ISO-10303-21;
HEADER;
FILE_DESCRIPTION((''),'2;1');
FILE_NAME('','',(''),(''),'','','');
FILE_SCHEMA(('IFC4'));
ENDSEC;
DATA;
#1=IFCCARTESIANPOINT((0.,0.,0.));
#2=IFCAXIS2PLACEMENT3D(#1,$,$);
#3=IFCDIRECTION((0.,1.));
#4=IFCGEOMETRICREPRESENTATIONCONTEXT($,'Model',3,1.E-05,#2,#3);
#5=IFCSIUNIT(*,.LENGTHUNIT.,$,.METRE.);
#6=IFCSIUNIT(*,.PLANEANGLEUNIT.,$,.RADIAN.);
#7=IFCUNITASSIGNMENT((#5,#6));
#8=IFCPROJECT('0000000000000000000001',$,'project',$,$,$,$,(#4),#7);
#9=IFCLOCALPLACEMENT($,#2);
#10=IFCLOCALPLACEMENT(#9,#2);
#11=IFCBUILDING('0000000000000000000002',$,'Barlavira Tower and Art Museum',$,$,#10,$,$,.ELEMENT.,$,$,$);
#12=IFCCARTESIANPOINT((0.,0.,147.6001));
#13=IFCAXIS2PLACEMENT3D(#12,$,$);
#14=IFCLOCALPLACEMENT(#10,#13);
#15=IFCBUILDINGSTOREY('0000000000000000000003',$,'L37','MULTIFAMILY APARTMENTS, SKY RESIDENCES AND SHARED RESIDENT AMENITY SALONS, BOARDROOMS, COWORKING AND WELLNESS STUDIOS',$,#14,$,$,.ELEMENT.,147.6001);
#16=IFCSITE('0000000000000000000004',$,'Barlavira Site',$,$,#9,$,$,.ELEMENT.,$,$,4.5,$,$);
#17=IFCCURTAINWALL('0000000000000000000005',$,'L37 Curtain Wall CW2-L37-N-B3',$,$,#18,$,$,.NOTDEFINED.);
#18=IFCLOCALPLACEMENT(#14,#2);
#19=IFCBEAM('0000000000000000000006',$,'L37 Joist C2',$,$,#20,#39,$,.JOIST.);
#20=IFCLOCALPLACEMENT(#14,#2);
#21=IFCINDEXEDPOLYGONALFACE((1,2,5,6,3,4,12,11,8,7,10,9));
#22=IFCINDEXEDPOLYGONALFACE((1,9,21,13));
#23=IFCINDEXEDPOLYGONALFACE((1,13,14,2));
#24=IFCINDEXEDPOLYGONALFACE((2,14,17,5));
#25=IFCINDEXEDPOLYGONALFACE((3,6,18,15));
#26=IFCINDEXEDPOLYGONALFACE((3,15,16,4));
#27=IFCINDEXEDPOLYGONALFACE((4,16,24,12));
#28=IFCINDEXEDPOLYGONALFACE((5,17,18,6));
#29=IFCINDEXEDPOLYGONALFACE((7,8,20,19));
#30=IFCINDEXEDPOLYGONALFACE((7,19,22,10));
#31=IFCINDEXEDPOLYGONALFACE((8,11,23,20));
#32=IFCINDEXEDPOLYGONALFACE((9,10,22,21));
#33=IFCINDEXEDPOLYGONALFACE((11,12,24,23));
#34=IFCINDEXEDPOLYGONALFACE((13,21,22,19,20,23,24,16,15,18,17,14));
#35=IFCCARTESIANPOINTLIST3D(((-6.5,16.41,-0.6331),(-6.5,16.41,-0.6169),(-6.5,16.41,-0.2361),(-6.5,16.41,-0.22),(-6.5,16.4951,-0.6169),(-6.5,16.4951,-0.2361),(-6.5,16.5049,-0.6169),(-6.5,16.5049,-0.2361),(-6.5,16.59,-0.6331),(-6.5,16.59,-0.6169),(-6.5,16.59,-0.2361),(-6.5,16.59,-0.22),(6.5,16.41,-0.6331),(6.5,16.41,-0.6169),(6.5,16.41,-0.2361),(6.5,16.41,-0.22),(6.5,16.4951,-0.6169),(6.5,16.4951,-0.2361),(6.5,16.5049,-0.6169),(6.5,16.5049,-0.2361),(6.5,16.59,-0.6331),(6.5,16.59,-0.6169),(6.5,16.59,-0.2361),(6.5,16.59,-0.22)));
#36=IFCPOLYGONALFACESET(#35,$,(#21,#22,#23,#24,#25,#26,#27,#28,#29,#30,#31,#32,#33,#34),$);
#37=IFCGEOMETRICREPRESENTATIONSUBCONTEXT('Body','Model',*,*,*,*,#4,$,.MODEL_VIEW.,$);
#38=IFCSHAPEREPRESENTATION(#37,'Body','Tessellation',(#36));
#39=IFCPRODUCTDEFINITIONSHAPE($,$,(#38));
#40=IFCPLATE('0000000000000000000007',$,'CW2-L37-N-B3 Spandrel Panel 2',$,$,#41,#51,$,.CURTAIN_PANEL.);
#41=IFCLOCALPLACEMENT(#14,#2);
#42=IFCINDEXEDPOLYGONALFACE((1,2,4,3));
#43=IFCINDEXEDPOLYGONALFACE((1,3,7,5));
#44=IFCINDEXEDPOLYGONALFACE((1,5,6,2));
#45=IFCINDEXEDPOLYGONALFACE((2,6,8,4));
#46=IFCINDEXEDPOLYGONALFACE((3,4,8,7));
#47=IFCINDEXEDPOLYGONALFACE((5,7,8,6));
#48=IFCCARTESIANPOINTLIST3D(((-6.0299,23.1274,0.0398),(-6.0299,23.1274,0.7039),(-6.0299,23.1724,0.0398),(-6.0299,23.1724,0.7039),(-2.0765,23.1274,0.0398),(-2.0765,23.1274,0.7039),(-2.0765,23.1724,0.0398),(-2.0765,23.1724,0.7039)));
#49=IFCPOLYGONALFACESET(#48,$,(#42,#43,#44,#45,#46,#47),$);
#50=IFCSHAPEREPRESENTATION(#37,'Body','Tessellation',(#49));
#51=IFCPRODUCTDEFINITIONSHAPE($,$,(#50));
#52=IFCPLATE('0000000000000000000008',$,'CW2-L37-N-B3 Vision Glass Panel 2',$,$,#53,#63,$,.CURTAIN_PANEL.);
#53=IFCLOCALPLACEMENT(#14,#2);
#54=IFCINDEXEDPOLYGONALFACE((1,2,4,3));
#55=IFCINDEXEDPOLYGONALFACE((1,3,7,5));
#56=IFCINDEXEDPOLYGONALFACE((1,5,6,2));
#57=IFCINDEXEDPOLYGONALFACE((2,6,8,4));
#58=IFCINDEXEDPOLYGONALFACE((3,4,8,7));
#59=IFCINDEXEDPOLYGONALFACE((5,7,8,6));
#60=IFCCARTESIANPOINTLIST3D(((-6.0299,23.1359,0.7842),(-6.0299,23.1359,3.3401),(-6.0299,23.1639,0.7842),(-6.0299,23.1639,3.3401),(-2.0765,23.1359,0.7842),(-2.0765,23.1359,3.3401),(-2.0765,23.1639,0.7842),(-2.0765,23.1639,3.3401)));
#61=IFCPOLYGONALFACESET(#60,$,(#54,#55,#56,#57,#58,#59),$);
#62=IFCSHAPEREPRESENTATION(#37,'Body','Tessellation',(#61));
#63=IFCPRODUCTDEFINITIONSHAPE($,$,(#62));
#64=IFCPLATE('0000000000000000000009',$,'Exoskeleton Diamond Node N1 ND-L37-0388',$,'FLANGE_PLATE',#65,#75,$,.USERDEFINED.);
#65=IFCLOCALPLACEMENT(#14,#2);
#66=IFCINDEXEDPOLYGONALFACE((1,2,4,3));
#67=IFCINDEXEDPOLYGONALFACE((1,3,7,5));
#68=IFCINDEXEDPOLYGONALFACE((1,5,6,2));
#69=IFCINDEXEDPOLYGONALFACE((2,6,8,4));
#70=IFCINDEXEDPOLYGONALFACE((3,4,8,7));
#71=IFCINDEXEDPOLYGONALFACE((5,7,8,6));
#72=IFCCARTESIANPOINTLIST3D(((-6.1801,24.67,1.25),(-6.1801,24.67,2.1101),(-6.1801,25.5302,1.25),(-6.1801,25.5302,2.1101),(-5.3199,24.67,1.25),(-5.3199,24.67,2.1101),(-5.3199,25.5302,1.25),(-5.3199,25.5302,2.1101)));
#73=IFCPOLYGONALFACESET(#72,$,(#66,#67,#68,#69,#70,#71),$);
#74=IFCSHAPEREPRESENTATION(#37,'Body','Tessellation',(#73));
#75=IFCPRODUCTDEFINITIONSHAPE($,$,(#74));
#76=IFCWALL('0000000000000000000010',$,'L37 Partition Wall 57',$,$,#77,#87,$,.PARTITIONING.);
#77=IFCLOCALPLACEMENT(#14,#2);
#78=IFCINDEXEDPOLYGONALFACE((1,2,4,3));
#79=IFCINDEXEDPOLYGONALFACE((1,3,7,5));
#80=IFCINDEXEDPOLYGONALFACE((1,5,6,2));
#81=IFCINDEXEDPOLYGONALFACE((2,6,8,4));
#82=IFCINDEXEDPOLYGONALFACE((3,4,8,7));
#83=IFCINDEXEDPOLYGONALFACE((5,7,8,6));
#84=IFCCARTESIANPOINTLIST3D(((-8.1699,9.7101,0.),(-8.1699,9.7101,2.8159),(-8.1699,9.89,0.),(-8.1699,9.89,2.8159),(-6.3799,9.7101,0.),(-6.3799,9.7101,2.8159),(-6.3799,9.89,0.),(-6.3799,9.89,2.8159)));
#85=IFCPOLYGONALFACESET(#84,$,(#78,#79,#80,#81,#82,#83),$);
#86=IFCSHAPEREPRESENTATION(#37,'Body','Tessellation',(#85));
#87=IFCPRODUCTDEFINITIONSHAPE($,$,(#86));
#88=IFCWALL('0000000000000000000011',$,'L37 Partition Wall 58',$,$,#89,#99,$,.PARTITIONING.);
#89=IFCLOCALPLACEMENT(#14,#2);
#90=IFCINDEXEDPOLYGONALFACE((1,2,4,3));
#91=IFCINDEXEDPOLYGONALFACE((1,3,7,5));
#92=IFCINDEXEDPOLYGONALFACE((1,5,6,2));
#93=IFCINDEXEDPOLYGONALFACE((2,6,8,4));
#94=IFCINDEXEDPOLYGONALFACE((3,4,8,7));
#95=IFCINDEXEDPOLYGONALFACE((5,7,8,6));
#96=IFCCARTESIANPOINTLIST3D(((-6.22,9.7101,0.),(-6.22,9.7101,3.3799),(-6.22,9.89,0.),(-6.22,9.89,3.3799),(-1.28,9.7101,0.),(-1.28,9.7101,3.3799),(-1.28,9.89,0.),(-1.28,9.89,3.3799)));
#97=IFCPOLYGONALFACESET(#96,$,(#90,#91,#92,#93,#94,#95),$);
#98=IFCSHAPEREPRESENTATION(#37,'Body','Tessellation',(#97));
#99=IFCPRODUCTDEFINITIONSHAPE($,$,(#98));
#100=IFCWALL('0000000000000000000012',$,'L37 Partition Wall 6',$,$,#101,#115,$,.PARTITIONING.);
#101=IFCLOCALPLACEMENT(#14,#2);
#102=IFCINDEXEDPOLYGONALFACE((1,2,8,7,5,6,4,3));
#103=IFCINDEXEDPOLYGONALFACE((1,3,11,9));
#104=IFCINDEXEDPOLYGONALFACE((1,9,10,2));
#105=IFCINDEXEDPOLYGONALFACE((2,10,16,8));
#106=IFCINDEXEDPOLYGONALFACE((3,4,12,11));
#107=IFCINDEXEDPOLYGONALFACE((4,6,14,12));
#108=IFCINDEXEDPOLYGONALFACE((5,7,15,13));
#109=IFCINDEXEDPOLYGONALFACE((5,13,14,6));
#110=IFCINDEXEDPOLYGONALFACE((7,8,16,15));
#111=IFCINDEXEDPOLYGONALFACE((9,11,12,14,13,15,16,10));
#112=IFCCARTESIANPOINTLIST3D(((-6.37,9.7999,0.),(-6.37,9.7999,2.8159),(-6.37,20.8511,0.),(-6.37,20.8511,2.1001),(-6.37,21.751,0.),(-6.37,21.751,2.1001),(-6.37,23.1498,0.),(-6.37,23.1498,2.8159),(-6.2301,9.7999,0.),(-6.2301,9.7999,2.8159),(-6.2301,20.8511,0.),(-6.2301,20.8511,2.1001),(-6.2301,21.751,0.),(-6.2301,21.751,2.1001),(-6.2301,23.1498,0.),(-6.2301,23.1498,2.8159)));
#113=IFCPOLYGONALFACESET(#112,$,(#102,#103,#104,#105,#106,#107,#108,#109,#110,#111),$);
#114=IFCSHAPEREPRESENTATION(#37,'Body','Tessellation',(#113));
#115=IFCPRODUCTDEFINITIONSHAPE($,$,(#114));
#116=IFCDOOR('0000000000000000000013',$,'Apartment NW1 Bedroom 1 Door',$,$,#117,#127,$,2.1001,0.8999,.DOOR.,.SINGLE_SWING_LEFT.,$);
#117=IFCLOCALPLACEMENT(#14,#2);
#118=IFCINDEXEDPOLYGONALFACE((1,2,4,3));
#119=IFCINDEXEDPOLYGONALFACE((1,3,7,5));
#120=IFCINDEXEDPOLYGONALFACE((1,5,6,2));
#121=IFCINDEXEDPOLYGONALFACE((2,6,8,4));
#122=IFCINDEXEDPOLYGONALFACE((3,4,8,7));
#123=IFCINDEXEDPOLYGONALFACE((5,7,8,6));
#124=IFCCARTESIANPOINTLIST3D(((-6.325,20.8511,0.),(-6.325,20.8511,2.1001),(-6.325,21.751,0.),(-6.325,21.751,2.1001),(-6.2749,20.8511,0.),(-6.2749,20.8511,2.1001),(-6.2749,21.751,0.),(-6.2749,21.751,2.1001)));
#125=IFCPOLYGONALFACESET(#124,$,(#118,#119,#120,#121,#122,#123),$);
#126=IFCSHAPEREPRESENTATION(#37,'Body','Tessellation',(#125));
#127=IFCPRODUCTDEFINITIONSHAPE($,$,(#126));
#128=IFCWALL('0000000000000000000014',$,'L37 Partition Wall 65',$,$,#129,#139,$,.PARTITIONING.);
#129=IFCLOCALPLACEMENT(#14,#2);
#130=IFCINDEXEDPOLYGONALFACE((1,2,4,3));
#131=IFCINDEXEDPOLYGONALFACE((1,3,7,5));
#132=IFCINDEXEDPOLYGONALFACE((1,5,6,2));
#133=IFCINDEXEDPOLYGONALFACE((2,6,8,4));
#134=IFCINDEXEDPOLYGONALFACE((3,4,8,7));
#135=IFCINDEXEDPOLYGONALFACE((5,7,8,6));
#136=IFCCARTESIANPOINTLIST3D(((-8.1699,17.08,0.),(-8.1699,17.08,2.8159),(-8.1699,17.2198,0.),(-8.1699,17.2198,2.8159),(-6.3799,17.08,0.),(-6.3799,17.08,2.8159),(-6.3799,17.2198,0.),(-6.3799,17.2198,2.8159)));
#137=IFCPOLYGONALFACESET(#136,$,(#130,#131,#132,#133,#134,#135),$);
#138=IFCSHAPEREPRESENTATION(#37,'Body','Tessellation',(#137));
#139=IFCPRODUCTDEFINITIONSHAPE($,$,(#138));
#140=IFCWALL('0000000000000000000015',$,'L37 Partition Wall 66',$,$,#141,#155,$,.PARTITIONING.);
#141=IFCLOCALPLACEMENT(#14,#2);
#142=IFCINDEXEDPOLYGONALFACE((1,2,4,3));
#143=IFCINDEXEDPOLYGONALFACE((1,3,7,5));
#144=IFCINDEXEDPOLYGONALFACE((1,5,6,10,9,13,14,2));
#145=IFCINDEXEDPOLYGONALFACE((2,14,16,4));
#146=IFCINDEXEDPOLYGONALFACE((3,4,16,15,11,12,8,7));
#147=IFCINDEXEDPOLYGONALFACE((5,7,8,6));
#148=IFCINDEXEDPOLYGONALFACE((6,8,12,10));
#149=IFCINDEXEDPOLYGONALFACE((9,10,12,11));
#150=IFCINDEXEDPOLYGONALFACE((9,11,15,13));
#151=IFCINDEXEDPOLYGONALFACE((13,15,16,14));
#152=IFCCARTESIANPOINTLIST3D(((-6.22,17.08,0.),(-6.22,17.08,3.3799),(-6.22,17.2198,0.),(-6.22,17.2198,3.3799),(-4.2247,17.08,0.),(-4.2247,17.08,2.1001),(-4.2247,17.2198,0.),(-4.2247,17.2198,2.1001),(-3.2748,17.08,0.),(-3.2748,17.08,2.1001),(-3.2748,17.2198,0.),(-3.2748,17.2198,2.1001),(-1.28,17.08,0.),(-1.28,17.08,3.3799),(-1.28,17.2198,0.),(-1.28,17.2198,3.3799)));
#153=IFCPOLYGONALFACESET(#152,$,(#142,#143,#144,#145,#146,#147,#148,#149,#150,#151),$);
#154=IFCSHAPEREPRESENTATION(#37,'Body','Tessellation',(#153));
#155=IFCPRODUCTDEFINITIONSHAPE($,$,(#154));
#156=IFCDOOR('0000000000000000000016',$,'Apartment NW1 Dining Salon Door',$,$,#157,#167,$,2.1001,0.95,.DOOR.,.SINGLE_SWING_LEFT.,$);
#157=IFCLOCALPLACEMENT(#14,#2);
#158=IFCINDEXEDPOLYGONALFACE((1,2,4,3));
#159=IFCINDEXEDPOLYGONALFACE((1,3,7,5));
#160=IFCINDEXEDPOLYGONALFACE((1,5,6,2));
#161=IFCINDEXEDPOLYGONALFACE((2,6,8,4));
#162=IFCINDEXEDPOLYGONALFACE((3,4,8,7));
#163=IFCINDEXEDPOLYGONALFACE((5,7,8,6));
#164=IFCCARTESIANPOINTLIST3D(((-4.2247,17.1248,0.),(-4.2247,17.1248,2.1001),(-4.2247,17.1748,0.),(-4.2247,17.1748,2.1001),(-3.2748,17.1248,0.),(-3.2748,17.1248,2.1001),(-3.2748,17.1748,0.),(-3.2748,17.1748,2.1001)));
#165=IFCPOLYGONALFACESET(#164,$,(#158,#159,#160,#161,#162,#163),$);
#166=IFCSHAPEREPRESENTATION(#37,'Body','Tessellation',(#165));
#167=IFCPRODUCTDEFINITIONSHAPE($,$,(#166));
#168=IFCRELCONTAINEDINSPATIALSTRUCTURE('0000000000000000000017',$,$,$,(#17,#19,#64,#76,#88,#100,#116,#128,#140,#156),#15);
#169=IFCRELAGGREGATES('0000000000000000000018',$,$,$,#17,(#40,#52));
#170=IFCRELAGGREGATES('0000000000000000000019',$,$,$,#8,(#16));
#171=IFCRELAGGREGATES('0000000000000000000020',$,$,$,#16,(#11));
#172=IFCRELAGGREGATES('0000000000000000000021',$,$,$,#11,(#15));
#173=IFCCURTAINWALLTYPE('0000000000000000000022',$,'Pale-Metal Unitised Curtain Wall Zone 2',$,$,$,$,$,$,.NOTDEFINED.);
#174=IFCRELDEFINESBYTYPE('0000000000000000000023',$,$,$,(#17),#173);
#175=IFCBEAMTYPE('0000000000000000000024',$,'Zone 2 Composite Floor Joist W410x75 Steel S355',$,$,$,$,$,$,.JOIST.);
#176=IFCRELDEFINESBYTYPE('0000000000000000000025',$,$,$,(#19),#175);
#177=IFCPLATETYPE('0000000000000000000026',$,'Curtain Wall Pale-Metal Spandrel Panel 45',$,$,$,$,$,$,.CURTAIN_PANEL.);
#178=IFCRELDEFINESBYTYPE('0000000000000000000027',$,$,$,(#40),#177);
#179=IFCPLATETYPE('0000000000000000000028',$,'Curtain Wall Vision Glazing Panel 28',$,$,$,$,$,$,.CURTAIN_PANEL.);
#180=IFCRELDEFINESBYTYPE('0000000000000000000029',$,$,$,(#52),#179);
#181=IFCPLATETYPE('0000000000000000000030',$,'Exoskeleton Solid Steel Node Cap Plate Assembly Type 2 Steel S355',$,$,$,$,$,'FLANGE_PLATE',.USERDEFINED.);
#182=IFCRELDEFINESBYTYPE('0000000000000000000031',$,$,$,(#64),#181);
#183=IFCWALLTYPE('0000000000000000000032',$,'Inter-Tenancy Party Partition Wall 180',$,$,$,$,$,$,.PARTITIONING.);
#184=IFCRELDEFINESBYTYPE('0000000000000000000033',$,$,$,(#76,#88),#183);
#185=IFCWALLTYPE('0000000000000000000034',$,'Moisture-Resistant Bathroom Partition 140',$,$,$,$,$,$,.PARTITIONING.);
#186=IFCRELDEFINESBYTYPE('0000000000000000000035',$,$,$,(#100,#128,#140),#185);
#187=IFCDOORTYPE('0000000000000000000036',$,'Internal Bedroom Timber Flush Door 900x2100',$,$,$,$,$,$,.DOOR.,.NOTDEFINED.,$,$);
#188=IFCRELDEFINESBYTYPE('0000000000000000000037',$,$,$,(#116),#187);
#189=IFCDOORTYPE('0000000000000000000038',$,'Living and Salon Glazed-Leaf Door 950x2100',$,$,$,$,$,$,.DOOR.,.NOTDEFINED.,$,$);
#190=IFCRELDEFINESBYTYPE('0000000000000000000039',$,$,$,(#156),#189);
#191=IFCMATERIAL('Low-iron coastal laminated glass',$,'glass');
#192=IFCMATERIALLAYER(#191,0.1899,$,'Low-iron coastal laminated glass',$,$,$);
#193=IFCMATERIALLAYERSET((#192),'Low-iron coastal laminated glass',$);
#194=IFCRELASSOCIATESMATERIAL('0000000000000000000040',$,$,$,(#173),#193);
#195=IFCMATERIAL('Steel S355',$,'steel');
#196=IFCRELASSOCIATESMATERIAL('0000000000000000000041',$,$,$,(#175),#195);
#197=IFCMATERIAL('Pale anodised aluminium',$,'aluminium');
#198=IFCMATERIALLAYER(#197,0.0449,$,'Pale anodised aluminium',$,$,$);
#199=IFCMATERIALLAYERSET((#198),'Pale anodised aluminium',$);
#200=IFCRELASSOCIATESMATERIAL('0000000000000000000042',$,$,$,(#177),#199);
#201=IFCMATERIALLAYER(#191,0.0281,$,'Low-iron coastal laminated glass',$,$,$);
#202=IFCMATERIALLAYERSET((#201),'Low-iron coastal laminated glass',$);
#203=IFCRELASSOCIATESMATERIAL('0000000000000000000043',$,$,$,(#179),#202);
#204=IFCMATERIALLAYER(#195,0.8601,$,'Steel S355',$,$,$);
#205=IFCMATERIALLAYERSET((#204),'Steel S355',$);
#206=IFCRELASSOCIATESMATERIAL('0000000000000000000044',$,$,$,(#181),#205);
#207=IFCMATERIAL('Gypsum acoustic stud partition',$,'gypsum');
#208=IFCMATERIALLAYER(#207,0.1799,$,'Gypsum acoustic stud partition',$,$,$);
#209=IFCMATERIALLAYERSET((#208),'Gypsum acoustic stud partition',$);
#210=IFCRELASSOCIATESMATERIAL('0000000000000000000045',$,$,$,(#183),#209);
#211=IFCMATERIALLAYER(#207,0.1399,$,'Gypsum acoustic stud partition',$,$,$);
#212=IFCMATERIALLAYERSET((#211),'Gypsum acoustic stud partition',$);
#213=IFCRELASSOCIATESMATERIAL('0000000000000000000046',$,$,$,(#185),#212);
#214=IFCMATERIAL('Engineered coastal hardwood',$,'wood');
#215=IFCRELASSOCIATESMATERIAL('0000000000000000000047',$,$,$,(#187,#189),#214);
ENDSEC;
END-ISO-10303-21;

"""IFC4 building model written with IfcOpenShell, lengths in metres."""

from ifc_helpers import new_model, si_unit, direction, frame, frame_2d, origin, origin_2d, place, context, subcontext, project, spatial, rectangle, i_section, extrude, material, layer, layer_set, material_profile, profile_set, type_object, element, fill, aggregate, save


model = new_model("IFC4")

# Units and contexts
model_context = context("Model", 3, precision=1e-05, world=origin(), true_north=direction((0.0, 1.0)))
body_context = subcontext(model_context, "Body", "Model", "MODEL_VIEW")
ifc_project = project(units=[si_unit("LENGTHUNIT", "METRE"), si_unit("PLANEANGLEUNIT", "RADIAN")], contexts=[model_context])

# Site, building, storey
site_placement = place(None, origin())
site = spatial("IfcSite", under=ifc_project, at=site_placement, Name="Barlavira Site", CompositionType="ELEMENT", RefElevation=4.5)
building_placement = place(site_placement, origin())
building = spatial("IfcBuilding", under=site, at=building_placement, Name="Barlavira Tower and Art Museum", CompositionType="ELEMENT")
storey_placement = place(building_placement, frame((0.0, 0.0, 147.6001)))
storey = spatial("IfcBuildingStorey", under=building, at=storey_placement, Name="L37", Description="MULTIFAMILY APARTMENTS, SKY RESIDENCES AND SHARED RESIDENT AMENITY SALONS, BOARDROOMS, COWORKING AND WELLNESS STUDIOS", CompositionType="ELEMENT", Elevation=147.6001)

# Curtain wall
ifc_material_1 = material(Name="Low-iron coastal laminated glass", Category="glass")
ifc_layer_1 = layer(ifc_material_1, 0.1899, Name="Low-iron coastal laminated glass")
ifc_layer_set_1 = layer_set([ifc_layer_1], Name="Low-iron coastal laminated glass")
curtain_wall_type = type_object("IfcCurtainWallType", Name="Pale-Metal Unitised Curtain Wall Zone 2", PredefinedType="NOTDEFINED", material=ifc_layer_set_1)
curtain_wall_placement = place(storey_placement, origin())
curtain_wall = element("IfcCurtainWall", 1, at=curtain_wall_placement, inside=storey, type_object=curtain_wall_type, Name="L37 Curtain Wall CW2-L37-N-B3", PredefinedType="NOTDEFINED")
ifc_material_2 = material(Name="Pale anodised aluminium", Category="aluminium")

# Beam
ifc_material_3 = material(Name="Steel S355", Category="steel")
ifc_material_profile_1 = material_profile(ifc_material_3, i_section(OverallWidth=0.1799, OverallDepth=0.4131, WebThickness=0.0098, FlangeThickness=0.0161, at=origin_2d()), Name="W410x75.0")
ifc_profile_set_1 = profile_set([ifc_material_profile_1], Name="Steel S355")
beam_type_1 = type_object("IfcBeamType", Name="Zone 2 Composite Floor Joist W410x75 Steel S355", PredefinedType="JOIST", material=ifc_profile_set_1)
beam_1_placement = place(storey_placement, frame((-6.5, 16.5, -0.4265), z_axis=(1.0, 0.0, 0.0), x_axis=(0.0, 1.0, 0.0)))
element("IfcBeam", 2, at=beam_1_placement, inside=storey, type_object=beam_type_1, Name="L37 Joist C2", PredefinedType="JOIST", context=body_context, shape_type="SweptSolid", body=[
    extrude(i_section(OverallWidth=0.1799, OverallDepth=0.4131, WebThickness=0.0098, FlangeThickness=0.0161, at=origin_2d()), origin(), (0.0, 0.0, 1.0), 13.0),
])

# Plates
ifc_layer_2 = layer(ifc_material_2, 0.0449, Name="Pale anodised aluminium")
ifc_layer_set_2 = layer_set([ifc_layer_2], Name="Pale anodised aluminium")
plate_type_1 = type_object("IfcPlateType", Name="Curtain Wall Pale-Metal Spandrel Panel 45", PredefinedType="CURTAIN_PANEL", material=ifc_layer_set_2)
plate_1_placement = place(storey_placement, frame((-4.0532, 23.1499, 0.0398), z_axis=(0.0, 0.0, 1.0), x_axis=(-1.0, 0.0, 0.0)))
plate_1 = element("IfcPlate", 3, at=plate_1_placement, type_object=plate_type_1, Name="CW2-L37-N-B3 Spandrel Panel 2", PredefinedType="CURTAIN_PANEL", context=body_context, shape_type="SweptSolid", body=[
    extrude(rectangle(XDim=3.9534, YDim=0.0449, at=origin_2d()), origin(), (0.0, 0.0, 1.0), 0.6641),
])
ifc_layer_3 = layer(ifc_material_1, 0.0281, Name="Low-iron coastal laminated glass")
ifc_layer_set_3 = layer_set([ifc_layer_3], Name="Low-iron coastal laminated glass")
plate_type_2 = type_object("IfcPlateType", Name="Curtain Wall Vision Glazing Panel 28", PredefinedType="CURTAIN_PANEL", material=ifc_layer_set_3)
plate_2_placement = place(storey_placement, frame((-4.0532, 23.1499, 0.7842), z_axis=(0.0, 0.0, 1.0), x_axis=(-1.0, 0.0, 0.0)))
plate_2 = element("IfcPlate", 4, at=plate_2_placement, type_object=plate_type_2, Name="CW2-L37-N-B3 Vision Glass Panel 2", PredefinedType="CURTAIN_PANEL", context=body_context, shape_type="SweptSolid", body=[
    extrude(rectangle(XDim=3.9534, YDim=0.0281, at=origin_2d()), origin(), (0.0, 0.0, 1.0), 2.5559),
])
aggregate(curtain_wall, [plate_1, plate_2])
ifc_layer_4 = layer(ifc_material_3, 0.8601, Name="Steel S355")
ifc_layer_set_4 = layer_set([ifc_layer_4], Name="Steel S355")
plate_type_3 = type_object("IfcPlateType", Name="Exoskeleton Solid Steel Node Cap Plate Assembly Type 2 Steel S355", ElementType="FLANGE_PLATE", PredefinedType="USERDEFINED", material=ifc_layer_set_4)
plate_3_placement = place(storey_placement, frame((-5.75, 25.1001, 1.25), z_axis=(0.0, 0.0, 1.0), x_axis=(1.0, 0.0, 0.0)))
element("IfcPlate", 5, at=plate_3_placement, inside=storey, type_object=plate_type_3, Name="Exoskeleton Diamond Node N1 ND-L37-0388", ObjectType="FLANGE_PLATE", PredefinedType="USERDEFINED", context=body_context, shape_type="SweptSolid", body=[
    extrude(rectangle(XDim=0.8601, YDim=0.8601, at=origin_2d()), origin(), (0.0, 0.0, 1.0), 0.8601),
])

# Walls
ifc_material_4 = material(Name="Gypsum acoustic stud partition", Category="gypsum")
ifc_layer_5 = layer(ifc_material_4, 0.1799, Name="Gypsum acoustic stud partition")
ifc_layer_set_5 = layer_set([ifc_layer_5], Name="Gypsum acoustic stud partition")
wall_type_1 = type_object("IfcWallType", Name="Inter-Tenancy Party Partition Wall 180", PredefinedType="PARTITIONING", material=ifc_layer_set_5)
wall_1_placement = place(storey_placement, frame((-8.1699, 9.8, 0.0), z_axis=(0.0, 0.0, 1.0), x_axis=(1.0, 0.0, 0.0)))
element("IfcWall", 6, at=wall_1_placement, inside=storey, type_object=wall_type_1, Name="L37 Partition Wall 57", PredefinedType="PARTITIONING", context=body_context, shape_type="SweptSolid", body=[
    extrude(rectangle(XDim=1.79, YDim=0.1799, at=frame_2d((0.895, 0.0))), origin(), (0.0, 0.0, 1.0), 2.8159),
])
wall_2_placement = place(storey_placement, frame((-6.22, 9.8, 0.0), z_axis=(0.0, 0.0, 1.0), x_axis=(1.0, 0.0, 0.0)))
element("IfcWall", 7, at=wall_2_placement, inside=storey, type_object=wall_type_1, Name="L37 Partition Wall 58", PredefinedType="PARTITIONING", context=body_context, shape_type="SweptSolid", body=[
    extrude(rectangle(XDim=4.9399, YDim=0.1799, at=frame_2d((2.47, 0.0))), origin(), (0.0, 0.0, 1.0), 3.3799),
])

# Wall, opening, door
ifc_layer_6 = layer(ifc_material_4, 0.1399, Name="Gypsum acoustic stud partition")
ifc_layer_set_6 = layer_set([ifc_layer_6], Name="Gypsum acoustic stud partition")
wall_type_2 = type_object("IfcWallType", Name="Moisture-Resistant Bathroom Partition 140", PredefinedType="PARTITIONING", material=ifc_layer_set_6)
wall_3_placement = place(storey_placement, frame((-6.3, 9.8, 0.0), z_axis=(0.0, 0.0, 1.0), x_axis=(0.0, 1.0, 0.0)))
wall_3 = element("IfcWall", 8, at=wall_3_placement, inside=storey, type_object=wall_type_2, Name="L37 Partition Wall 6", PredefinedType="PARTITIONING", context=body_context, shape_type="SweptSolid", body=[
    extrude(rectangle(XDim=13.3499, YDim=0.1399, at=frame_2d((6.6748, 0.0))), origin(), (0.0, 0.0, 1.0), 2.8159),
])
opening_1_placement = place(wall_3_placement, frame((11.051, 0.0, 0.0)))
opening_1 = element("IfcOpeningElement", 9, at=opening_1_placement, cuts=wall_3, PredefinedType="OPENING", context=body_context, shape_type="SweptSolid", body=[
    extrude(rectangle(XDim=0.8999, YDim=2.1001, at=frame_2d((0.45, 1.05))), frame((0.0, 0.0801, 0.0), z_axis=(0.0, -1.0, 0.0), x_axis=(1.0, 0.0, 0.0)), (0.0, 0.0, 1.0), 0.1599),
])
ifc_material_5 = material(Name="Engineered coastal hardwood", Category="wood")
door_type_1 = type_object("IfcDoorType", Name="Internal Bedroom Timber Flush Door 900x2100", OperationType="NOTDEFINED", PredefinedType="DOOR", material=ifc_material_5)
door_1_placement = place(opening_1_placement, origin())
door_1 = element("IfcDoor", 10, at=door_1_placement, inside=storey, type_object=door_type_1, Name="Apartment NW1 Bedroom 1 Door", OperationType="SINGLE_SWING_LEFT", OverallHeight=2.1001, OverallWidth=0.8999, PredefinedType="DOOR", context=body_context, shape_type="SweptSolid", body=[
    extrude(rectangle(XDim=0.8999, YDim=2.1001, at=frame_2d((0.45, 1.05))), frame((0.0, 0.0249, 0.0), z_axis=(0.0, -1.0, 0.0), x_axis=(1.0, 0.0, 0.0)), (0.0, 0.0, 1.0), 0.05),
])
fill(opening_1, door_1)

# Wall
wall_4_placement = place(storey_placement, frame((-8.1699, 17.1499, 0.0), z_axis=(0.0, 0.0, 1.0), x_axis=(1.0, 0.0, 0.0)))
element("IfcWall", 11, at=wall_4_placement, inside=storey, type_object=wall_type_2, Name="L37 Partition Wall 65", PredefinedType="PARTITIONING", context=body_context, shape_type="SweptSolid", body=[
    extrude(rectangle(XDim=1.79, YDim=0.1399, at=frame_2d((0.895, 0.0))), origin(), (0.0, 0.0, 1.0), 2.8159),
])

# Wall, opening, door
wall_5_placement = place(storey_placement, frame((-6.22, 17.1499, 0.0), z_axis=(0.0, 0.0, 1.0), x_axis=(1.0, 0.0, 0.0)))
wall_5 = element("IfcWall", 12, at=wall_5_placement, inside=storey, type_object=wall_type_2, Name="L37 Partition Wall 66", PredefinedType="PARTITIONING", context=body_context, shape_type="SweptSolid", body=[
    extrude(rectangle(XDim=4.9399, YDim=0.1399, at=frame_2d((2.47, 0.0))), origin(), (0.0, 0.0, 1.0), 3.3799),
])
opening_2_placement = place(wall_5_placement, frame((1.9951, 0.0, 0.0)))
opening_2 = element("IfcOpeningElement", 13, at=opening_2_placement, cuts=wall_5, PredefinedType="OPENING", context=body_context, shape_type="SweptSolid", body=[
    extrude(rectangle(XDim=0.95, YDim=2.1001, at=frame_2d((0.4751, 1.05))), frame((0.0, 0.0801, 0.0), z_axis=(0.0, -1.0, 0.0), x_axis=(1.0, 0.0, 0.0)), (0.0, 0.0, 1.0), 0.1599),
])
door_type_2 = type_object("IfcDoorType", Name="Living and Salon Glazed-Leaf Door 950x2100", OperationType="NOTDEFINED", PredefinedType="DOOR", material=ifc_material_5)
door_2_placement = place(opening_2_placement, origin())
door_2 = element("IfcDoor", 14, at=door_2_placement, inside=storey, type_object=door_type_2, Name="Apartment NW1 Dining Salon Door", OperationType="SINGLE_SWING_LEFT", OverallHeight=2.1001, OverallWidth=0.95, PredefinedType="DOOR", context=body_context, shape_type="SweptSolid", body=[
    extrude(rectangle(XDim=0.95, YDim=2.1001, at=frame_2d((0.4751, 1.05))), frame((0.0, 0.0249, 0.0), z_axis=(0.0, -1.0, 0.0), x_axis=(1.0, 0.0, 0.0)), (0.0, 0.0, 1.0), 0.05),
])
fill(opening_2, door_2)

save(model, "model.ifc")
